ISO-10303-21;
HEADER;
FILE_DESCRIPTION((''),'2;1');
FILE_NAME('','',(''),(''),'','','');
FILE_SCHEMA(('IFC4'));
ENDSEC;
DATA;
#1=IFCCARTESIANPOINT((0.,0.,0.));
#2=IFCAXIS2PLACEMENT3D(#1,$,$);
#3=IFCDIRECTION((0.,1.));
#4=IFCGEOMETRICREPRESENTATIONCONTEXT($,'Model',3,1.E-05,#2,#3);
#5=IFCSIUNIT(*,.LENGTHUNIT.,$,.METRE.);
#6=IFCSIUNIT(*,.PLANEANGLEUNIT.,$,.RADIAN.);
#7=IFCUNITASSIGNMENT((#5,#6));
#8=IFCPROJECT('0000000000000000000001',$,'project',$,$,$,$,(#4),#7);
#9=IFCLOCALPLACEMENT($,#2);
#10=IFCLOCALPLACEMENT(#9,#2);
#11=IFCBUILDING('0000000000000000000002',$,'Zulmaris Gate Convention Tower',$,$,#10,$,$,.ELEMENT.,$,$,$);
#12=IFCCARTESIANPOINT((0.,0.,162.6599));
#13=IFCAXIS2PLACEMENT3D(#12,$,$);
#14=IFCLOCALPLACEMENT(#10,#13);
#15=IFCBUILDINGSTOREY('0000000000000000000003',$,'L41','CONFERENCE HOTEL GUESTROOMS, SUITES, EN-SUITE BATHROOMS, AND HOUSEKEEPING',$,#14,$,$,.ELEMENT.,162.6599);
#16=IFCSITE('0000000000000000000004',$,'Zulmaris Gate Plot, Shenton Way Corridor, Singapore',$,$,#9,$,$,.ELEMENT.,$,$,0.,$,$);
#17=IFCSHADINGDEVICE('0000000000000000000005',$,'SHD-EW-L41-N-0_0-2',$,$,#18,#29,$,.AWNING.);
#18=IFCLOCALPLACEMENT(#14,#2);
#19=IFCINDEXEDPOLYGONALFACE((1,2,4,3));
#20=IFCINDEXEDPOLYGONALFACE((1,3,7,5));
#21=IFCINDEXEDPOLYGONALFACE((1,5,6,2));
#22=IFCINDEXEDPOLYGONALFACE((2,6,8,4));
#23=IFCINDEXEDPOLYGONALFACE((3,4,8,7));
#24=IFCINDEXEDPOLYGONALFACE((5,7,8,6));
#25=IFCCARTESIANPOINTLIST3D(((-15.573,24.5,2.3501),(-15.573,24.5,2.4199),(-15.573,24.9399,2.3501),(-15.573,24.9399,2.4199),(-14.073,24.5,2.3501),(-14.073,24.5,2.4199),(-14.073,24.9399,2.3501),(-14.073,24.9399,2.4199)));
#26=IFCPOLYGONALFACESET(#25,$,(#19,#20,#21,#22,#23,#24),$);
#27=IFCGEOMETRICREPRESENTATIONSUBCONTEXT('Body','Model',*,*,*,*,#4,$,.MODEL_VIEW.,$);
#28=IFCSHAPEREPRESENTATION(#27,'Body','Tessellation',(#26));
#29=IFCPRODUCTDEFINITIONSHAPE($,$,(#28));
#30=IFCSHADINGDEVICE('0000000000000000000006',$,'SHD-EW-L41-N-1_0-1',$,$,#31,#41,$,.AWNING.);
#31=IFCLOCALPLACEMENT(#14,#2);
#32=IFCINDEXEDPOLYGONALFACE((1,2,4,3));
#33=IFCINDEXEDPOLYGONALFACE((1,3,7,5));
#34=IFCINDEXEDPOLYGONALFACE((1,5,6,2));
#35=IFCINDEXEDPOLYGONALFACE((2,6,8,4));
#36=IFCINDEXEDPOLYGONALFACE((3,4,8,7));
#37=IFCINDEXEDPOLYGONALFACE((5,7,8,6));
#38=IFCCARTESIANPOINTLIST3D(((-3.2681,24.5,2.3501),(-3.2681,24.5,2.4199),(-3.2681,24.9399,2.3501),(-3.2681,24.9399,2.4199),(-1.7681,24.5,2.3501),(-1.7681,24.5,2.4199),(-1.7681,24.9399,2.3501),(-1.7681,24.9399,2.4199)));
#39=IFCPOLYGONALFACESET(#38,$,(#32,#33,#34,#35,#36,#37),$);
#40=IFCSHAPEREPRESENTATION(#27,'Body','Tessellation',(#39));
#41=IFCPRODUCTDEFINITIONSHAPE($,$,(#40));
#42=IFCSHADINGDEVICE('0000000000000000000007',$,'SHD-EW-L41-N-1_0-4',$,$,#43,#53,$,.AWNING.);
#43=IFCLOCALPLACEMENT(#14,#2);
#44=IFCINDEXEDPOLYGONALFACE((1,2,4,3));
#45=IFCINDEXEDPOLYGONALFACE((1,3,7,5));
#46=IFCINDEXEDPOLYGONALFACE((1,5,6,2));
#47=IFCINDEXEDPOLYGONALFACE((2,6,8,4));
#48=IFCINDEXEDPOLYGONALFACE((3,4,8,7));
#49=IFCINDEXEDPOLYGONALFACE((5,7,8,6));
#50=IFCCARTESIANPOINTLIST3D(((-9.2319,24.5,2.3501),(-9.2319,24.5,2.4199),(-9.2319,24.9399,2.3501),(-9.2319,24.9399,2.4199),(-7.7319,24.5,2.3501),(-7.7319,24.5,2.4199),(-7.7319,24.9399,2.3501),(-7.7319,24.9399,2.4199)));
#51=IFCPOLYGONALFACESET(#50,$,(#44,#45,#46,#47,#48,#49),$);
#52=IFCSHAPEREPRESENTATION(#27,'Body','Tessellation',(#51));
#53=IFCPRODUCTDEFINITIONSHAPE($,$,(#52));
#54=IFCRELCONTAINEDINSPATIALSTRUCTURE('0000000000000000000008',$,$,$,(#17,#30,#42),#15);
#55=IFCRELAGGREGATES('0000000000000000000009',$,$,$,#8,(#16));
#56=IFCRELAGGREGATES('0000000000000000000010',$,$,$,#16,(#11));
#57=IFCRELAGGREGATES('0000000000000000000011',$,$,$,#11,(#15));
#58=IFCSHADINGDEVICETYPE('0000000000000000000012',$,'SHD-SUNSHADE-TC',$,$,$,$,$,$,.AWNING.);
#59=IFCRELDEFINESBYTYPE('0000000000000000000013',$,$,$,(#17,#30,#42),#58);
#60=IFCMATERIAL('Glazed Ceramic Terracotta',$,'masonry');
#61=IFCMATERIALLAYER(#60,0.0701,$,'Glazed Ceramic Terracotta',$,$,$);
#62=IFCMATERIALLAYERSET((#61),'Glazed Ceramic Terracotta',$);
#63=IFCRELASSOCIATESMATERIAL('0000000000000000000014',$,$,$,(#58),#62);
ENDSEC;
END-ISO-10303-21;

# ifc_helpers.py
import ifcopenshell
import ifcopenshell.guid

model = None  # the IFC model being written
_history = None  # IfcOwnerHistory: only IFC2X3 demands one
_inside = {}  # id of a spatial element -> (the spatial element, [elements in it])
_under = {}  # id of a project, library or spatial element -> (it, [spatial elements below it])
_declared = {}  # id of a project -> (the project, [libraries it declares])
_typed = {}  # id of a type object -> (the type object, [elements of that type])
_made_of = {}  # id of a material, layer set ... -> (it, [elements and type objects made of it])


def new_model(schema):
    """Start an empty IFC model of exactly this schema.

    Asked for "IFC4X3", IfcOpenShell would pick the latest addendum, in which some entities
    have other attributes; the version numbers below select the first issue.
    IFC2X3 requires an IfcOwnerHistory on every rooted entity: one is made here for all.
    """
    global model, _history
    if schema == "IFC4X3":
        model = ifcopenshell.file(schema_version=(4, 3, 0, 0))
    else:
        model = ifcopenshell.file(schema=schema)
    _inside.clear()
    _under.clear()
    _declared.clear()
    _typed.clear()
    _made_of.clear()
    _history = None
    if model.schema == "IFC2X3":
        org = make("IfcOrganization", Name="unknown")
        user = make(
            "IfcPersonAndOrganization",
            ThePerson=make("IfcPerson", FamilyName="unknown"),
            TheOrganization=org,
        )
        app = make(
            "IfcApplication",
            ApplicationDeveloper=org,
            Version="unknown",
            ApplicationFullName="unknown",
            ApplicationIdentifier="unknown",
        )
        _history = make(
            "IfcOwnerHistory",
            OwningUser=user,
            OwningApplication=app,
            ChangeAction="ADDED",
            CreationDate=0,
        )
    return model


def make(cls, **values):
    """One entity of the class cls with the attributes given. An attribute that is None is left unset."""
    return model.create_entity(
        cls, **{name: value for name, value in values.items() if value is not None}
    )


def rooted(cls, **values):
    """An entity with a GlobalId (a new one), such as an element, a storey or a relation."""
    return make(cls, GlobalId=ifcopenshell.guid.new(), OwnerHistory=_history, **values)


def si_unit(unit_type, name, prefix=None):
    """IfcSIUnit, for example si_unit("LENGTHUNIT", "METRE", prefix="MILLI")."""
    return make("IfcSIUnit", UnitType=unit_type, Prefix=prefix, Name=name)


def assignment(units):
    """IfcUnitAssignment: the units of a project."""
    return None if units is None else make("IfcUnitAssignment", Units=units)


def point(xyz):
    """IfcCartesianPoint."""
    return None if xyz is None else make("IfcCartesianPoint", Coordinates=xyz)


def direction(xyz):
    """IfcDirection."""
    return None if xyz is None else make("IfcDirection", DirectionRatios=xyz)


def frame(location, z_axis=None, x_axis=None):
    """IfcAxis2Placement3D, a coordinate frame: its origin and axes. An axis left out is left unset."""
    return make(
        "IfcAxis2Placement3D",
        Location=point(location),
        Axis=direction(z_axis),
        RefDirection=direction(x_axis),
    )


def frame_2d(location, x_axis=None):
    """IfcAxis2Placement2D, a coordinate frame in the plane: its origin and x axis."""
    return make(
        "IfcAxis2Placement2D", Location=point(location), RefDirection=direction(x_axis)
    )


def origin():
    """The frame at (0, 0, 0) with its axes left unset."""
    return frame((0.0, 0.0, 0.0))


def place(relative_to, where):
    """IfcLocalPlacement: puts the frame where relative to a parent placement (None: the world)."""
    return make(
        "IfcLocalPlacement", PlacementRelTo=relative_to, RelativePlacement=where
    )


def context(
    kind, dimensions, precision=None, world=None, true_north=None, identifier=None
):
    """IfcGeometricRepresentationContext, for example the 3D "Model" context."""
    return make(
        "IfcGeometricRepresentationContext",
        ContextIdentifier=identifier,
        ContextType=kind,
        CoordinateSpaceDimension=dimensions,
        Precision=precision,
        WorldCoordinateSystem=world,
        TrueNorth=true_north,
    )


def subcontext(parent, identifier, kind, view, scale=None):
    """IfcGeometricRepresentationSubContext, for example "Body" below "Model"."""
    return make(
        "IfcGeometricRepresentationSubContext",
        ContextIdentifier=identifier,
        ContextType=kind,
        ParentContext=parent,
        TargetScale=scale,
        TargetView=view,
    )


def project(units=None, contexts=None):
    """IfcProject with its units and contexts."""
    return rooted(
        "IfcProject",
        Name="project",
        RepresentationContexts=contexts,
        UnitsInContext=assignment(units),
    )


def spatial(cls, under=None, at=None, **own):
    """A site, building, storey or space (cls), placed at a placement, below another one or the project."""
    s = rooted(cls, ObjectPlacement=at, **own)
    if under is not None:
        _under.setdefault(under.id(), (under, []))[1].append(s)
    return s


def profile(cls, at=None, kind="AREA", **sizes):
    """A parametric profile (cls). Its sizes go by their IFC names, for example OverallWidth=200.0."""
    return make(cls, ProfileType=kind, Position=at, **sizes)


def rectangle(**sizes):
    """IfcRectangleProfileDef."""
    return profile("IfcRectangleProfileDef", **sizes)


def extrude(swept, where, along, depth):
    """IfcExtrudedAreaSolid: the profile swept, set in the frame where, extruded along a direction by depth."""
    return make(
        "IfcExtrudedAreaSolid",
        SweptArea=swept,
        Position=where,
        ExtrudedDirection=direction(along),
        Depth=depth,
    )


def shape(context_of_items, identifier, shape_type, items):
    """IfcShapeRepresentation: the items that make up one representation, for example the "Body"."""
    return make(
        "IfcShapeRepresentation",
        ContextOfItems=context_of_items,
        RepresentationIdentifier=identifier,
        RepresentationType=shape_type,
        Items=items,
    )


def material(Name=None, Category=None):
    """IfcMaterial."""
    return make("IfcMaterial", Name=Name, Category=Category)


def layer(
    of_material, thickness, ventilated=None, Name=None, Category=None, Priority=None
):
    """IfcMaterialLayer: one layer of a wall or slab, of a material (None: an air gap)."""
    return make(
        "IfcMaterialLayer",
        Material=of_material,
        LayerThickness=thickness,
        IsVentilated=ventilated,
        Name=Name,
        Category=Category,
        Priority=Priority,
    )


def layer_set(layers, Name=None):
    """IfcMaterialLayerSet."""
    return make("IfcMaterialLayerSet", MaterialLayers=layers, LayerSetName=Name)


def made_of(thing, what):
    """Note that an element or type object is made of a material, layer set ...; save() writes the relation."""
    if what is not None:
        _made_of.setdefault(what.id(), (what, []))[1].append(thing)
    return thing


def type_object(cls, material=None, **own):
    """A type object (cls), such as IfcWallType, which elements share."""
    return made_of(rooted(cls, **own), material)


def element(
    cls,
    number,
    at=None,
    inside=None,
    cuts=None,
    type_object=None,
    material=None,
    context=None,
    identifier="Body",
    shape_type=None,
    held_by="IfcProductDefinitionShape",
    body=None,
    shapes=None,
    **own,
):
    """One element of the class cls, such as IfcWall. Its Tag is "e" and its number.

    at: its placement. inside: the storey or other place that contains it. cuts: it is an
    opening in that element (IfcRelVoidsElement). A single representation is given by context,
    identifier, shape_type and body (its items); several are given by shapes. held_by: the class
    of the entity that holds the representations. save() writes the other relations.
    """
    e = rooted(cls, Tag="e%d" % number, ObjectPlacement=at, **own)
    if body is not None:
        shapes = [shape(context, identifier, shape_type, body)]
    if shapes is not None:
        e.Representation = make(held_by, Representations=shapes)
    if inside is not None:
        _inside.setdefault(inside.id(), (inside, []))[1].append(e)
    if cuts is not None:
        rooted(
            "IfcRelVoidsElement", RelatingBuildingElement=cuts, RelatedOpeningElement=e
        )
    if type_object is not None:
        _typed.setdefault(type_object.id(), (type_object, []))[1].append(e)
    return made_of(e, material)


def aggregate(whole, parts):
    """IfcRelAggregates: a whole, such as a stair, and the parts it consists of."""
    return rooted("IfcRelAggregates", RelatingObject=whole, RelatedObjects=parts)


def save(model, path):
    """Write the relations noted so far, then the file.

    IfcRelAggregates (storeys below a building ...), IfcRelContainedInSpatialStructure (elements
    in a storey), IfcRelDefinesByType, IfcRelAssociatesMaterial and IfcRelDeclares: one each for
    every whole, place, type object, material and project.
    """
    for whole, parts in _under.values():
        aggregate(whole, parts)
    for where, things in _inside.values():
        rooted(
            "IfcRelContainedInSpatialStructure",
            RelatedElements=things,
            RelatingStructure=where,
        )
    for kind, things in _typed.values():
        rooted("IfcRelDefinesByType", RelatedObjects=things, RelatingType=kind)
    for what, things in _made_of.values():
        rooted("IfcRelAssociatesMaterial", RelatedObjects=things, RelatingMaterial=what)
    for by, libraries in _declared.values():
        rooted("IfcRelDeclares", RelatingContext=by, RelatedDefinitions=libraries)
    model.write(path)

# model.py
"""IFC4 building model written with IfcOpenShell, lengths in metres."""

from ifc_helpers import new_model, si_unit, direction, frame, frame_2d, origin, place, context, subcontext, project, spatial, rectangle, extrude, material, layer, layer_set, type_object, element, save


model = new_model("IFC4")

# Units and contexts
model_context = context("Model", 3, precision=1e-05, world=origin(), true_north=direction((0.0, 1.0)))
body_context = subcontext(model_context, "Body", "Model", "MODEL_VIEW")
ifc_project = project(units=[si_unit("LENGTHUNIT", "METRE"), si_unit("PLANEANGLEUNIT", "RADIAN")], contexts=[model_context])

# Site, building, storey
site_placement = place(None, origin())
site = spatial("IfcSite", under=ifc_project, at=site_placement, Name="Zulmaris Gate Plot, Shenton Way Corridor, Singapore", CompositionType="ELEMENT", RefElevation=0.0)
building_placement = place(site_placement, origin())
building = spatial("IfcBuilding", under=site, at=building_placement, Name="Zulmaris Gate Convention Tower", CompositionType="ELEMENT")
storey_placement = place(building_placement, frame((0.0, 0.0, 162.6599)))
storey = spatial("IfcBuildingStorey", under=building, at=storey_placement, Name="L41", Description="CONFERENCE HOTEL GUESTROOMS, SUITES, EN-SUITE BATHROOMS, AND HOUSEKEEPING", CompositionType="ELEMENT", Elevation=162.6599)

# Shading devices
ifc_material_1 = material(Name="Glazed Ceramic Terracotta", Category="masonry")
ifc_layer_1 = layer(ifc_material_1, 0.0701, Name="Glazed Ceramic Terracotta")
ifc_layer_set_1 = layer_set([ifc_layer_1], Name="Glazed Ceramic Terracotta")
shading_device_type = type_object("IfcShadingDeviceType", Name="SHD-SUNSHADE-TC", PredefinedType="AWNING", material=ifc_layer_set_1)
for number, where, z_axis, x_axis, name in (
    (1, (-14.073, 24.72, 2.3501), (0.0, 0.0, 1.0), (-1.0, 0.0, 0.0), "SHD-EW-L41-N-0_0-2"),
    (2, (-1.7681, 24.72, 2.3501), (0.0, 0.0, 1.0), (-1.0, 0.0, 0.0), "SHD-EW-L41-N-1_0-1"),
    (3, (-7.7319, 24.72, 2.3501), (0.0, 0.0, 1.0), (-1.0, 0.0, 0.0), "SHD-EW-L41-N-1_0-4"),
):
    element("IfcShadingDevice", number, at=place(storey_placement, frame(where, z_axis=z_axis, x_axis=x_axis)), inside=storey, type_object=shading_device_type, Name=name, PredefinedType="AWNING", context=body_context, shape_type="SweptSolid", body=[
        extrude(rectangle(XDim=1.5, YDim=0.4399, at=frame_2d((0.75, 0.0))), origin(), (0.0, 0.0, 1.0), 0.0698),
    ])

save(model, "model.ifc")
